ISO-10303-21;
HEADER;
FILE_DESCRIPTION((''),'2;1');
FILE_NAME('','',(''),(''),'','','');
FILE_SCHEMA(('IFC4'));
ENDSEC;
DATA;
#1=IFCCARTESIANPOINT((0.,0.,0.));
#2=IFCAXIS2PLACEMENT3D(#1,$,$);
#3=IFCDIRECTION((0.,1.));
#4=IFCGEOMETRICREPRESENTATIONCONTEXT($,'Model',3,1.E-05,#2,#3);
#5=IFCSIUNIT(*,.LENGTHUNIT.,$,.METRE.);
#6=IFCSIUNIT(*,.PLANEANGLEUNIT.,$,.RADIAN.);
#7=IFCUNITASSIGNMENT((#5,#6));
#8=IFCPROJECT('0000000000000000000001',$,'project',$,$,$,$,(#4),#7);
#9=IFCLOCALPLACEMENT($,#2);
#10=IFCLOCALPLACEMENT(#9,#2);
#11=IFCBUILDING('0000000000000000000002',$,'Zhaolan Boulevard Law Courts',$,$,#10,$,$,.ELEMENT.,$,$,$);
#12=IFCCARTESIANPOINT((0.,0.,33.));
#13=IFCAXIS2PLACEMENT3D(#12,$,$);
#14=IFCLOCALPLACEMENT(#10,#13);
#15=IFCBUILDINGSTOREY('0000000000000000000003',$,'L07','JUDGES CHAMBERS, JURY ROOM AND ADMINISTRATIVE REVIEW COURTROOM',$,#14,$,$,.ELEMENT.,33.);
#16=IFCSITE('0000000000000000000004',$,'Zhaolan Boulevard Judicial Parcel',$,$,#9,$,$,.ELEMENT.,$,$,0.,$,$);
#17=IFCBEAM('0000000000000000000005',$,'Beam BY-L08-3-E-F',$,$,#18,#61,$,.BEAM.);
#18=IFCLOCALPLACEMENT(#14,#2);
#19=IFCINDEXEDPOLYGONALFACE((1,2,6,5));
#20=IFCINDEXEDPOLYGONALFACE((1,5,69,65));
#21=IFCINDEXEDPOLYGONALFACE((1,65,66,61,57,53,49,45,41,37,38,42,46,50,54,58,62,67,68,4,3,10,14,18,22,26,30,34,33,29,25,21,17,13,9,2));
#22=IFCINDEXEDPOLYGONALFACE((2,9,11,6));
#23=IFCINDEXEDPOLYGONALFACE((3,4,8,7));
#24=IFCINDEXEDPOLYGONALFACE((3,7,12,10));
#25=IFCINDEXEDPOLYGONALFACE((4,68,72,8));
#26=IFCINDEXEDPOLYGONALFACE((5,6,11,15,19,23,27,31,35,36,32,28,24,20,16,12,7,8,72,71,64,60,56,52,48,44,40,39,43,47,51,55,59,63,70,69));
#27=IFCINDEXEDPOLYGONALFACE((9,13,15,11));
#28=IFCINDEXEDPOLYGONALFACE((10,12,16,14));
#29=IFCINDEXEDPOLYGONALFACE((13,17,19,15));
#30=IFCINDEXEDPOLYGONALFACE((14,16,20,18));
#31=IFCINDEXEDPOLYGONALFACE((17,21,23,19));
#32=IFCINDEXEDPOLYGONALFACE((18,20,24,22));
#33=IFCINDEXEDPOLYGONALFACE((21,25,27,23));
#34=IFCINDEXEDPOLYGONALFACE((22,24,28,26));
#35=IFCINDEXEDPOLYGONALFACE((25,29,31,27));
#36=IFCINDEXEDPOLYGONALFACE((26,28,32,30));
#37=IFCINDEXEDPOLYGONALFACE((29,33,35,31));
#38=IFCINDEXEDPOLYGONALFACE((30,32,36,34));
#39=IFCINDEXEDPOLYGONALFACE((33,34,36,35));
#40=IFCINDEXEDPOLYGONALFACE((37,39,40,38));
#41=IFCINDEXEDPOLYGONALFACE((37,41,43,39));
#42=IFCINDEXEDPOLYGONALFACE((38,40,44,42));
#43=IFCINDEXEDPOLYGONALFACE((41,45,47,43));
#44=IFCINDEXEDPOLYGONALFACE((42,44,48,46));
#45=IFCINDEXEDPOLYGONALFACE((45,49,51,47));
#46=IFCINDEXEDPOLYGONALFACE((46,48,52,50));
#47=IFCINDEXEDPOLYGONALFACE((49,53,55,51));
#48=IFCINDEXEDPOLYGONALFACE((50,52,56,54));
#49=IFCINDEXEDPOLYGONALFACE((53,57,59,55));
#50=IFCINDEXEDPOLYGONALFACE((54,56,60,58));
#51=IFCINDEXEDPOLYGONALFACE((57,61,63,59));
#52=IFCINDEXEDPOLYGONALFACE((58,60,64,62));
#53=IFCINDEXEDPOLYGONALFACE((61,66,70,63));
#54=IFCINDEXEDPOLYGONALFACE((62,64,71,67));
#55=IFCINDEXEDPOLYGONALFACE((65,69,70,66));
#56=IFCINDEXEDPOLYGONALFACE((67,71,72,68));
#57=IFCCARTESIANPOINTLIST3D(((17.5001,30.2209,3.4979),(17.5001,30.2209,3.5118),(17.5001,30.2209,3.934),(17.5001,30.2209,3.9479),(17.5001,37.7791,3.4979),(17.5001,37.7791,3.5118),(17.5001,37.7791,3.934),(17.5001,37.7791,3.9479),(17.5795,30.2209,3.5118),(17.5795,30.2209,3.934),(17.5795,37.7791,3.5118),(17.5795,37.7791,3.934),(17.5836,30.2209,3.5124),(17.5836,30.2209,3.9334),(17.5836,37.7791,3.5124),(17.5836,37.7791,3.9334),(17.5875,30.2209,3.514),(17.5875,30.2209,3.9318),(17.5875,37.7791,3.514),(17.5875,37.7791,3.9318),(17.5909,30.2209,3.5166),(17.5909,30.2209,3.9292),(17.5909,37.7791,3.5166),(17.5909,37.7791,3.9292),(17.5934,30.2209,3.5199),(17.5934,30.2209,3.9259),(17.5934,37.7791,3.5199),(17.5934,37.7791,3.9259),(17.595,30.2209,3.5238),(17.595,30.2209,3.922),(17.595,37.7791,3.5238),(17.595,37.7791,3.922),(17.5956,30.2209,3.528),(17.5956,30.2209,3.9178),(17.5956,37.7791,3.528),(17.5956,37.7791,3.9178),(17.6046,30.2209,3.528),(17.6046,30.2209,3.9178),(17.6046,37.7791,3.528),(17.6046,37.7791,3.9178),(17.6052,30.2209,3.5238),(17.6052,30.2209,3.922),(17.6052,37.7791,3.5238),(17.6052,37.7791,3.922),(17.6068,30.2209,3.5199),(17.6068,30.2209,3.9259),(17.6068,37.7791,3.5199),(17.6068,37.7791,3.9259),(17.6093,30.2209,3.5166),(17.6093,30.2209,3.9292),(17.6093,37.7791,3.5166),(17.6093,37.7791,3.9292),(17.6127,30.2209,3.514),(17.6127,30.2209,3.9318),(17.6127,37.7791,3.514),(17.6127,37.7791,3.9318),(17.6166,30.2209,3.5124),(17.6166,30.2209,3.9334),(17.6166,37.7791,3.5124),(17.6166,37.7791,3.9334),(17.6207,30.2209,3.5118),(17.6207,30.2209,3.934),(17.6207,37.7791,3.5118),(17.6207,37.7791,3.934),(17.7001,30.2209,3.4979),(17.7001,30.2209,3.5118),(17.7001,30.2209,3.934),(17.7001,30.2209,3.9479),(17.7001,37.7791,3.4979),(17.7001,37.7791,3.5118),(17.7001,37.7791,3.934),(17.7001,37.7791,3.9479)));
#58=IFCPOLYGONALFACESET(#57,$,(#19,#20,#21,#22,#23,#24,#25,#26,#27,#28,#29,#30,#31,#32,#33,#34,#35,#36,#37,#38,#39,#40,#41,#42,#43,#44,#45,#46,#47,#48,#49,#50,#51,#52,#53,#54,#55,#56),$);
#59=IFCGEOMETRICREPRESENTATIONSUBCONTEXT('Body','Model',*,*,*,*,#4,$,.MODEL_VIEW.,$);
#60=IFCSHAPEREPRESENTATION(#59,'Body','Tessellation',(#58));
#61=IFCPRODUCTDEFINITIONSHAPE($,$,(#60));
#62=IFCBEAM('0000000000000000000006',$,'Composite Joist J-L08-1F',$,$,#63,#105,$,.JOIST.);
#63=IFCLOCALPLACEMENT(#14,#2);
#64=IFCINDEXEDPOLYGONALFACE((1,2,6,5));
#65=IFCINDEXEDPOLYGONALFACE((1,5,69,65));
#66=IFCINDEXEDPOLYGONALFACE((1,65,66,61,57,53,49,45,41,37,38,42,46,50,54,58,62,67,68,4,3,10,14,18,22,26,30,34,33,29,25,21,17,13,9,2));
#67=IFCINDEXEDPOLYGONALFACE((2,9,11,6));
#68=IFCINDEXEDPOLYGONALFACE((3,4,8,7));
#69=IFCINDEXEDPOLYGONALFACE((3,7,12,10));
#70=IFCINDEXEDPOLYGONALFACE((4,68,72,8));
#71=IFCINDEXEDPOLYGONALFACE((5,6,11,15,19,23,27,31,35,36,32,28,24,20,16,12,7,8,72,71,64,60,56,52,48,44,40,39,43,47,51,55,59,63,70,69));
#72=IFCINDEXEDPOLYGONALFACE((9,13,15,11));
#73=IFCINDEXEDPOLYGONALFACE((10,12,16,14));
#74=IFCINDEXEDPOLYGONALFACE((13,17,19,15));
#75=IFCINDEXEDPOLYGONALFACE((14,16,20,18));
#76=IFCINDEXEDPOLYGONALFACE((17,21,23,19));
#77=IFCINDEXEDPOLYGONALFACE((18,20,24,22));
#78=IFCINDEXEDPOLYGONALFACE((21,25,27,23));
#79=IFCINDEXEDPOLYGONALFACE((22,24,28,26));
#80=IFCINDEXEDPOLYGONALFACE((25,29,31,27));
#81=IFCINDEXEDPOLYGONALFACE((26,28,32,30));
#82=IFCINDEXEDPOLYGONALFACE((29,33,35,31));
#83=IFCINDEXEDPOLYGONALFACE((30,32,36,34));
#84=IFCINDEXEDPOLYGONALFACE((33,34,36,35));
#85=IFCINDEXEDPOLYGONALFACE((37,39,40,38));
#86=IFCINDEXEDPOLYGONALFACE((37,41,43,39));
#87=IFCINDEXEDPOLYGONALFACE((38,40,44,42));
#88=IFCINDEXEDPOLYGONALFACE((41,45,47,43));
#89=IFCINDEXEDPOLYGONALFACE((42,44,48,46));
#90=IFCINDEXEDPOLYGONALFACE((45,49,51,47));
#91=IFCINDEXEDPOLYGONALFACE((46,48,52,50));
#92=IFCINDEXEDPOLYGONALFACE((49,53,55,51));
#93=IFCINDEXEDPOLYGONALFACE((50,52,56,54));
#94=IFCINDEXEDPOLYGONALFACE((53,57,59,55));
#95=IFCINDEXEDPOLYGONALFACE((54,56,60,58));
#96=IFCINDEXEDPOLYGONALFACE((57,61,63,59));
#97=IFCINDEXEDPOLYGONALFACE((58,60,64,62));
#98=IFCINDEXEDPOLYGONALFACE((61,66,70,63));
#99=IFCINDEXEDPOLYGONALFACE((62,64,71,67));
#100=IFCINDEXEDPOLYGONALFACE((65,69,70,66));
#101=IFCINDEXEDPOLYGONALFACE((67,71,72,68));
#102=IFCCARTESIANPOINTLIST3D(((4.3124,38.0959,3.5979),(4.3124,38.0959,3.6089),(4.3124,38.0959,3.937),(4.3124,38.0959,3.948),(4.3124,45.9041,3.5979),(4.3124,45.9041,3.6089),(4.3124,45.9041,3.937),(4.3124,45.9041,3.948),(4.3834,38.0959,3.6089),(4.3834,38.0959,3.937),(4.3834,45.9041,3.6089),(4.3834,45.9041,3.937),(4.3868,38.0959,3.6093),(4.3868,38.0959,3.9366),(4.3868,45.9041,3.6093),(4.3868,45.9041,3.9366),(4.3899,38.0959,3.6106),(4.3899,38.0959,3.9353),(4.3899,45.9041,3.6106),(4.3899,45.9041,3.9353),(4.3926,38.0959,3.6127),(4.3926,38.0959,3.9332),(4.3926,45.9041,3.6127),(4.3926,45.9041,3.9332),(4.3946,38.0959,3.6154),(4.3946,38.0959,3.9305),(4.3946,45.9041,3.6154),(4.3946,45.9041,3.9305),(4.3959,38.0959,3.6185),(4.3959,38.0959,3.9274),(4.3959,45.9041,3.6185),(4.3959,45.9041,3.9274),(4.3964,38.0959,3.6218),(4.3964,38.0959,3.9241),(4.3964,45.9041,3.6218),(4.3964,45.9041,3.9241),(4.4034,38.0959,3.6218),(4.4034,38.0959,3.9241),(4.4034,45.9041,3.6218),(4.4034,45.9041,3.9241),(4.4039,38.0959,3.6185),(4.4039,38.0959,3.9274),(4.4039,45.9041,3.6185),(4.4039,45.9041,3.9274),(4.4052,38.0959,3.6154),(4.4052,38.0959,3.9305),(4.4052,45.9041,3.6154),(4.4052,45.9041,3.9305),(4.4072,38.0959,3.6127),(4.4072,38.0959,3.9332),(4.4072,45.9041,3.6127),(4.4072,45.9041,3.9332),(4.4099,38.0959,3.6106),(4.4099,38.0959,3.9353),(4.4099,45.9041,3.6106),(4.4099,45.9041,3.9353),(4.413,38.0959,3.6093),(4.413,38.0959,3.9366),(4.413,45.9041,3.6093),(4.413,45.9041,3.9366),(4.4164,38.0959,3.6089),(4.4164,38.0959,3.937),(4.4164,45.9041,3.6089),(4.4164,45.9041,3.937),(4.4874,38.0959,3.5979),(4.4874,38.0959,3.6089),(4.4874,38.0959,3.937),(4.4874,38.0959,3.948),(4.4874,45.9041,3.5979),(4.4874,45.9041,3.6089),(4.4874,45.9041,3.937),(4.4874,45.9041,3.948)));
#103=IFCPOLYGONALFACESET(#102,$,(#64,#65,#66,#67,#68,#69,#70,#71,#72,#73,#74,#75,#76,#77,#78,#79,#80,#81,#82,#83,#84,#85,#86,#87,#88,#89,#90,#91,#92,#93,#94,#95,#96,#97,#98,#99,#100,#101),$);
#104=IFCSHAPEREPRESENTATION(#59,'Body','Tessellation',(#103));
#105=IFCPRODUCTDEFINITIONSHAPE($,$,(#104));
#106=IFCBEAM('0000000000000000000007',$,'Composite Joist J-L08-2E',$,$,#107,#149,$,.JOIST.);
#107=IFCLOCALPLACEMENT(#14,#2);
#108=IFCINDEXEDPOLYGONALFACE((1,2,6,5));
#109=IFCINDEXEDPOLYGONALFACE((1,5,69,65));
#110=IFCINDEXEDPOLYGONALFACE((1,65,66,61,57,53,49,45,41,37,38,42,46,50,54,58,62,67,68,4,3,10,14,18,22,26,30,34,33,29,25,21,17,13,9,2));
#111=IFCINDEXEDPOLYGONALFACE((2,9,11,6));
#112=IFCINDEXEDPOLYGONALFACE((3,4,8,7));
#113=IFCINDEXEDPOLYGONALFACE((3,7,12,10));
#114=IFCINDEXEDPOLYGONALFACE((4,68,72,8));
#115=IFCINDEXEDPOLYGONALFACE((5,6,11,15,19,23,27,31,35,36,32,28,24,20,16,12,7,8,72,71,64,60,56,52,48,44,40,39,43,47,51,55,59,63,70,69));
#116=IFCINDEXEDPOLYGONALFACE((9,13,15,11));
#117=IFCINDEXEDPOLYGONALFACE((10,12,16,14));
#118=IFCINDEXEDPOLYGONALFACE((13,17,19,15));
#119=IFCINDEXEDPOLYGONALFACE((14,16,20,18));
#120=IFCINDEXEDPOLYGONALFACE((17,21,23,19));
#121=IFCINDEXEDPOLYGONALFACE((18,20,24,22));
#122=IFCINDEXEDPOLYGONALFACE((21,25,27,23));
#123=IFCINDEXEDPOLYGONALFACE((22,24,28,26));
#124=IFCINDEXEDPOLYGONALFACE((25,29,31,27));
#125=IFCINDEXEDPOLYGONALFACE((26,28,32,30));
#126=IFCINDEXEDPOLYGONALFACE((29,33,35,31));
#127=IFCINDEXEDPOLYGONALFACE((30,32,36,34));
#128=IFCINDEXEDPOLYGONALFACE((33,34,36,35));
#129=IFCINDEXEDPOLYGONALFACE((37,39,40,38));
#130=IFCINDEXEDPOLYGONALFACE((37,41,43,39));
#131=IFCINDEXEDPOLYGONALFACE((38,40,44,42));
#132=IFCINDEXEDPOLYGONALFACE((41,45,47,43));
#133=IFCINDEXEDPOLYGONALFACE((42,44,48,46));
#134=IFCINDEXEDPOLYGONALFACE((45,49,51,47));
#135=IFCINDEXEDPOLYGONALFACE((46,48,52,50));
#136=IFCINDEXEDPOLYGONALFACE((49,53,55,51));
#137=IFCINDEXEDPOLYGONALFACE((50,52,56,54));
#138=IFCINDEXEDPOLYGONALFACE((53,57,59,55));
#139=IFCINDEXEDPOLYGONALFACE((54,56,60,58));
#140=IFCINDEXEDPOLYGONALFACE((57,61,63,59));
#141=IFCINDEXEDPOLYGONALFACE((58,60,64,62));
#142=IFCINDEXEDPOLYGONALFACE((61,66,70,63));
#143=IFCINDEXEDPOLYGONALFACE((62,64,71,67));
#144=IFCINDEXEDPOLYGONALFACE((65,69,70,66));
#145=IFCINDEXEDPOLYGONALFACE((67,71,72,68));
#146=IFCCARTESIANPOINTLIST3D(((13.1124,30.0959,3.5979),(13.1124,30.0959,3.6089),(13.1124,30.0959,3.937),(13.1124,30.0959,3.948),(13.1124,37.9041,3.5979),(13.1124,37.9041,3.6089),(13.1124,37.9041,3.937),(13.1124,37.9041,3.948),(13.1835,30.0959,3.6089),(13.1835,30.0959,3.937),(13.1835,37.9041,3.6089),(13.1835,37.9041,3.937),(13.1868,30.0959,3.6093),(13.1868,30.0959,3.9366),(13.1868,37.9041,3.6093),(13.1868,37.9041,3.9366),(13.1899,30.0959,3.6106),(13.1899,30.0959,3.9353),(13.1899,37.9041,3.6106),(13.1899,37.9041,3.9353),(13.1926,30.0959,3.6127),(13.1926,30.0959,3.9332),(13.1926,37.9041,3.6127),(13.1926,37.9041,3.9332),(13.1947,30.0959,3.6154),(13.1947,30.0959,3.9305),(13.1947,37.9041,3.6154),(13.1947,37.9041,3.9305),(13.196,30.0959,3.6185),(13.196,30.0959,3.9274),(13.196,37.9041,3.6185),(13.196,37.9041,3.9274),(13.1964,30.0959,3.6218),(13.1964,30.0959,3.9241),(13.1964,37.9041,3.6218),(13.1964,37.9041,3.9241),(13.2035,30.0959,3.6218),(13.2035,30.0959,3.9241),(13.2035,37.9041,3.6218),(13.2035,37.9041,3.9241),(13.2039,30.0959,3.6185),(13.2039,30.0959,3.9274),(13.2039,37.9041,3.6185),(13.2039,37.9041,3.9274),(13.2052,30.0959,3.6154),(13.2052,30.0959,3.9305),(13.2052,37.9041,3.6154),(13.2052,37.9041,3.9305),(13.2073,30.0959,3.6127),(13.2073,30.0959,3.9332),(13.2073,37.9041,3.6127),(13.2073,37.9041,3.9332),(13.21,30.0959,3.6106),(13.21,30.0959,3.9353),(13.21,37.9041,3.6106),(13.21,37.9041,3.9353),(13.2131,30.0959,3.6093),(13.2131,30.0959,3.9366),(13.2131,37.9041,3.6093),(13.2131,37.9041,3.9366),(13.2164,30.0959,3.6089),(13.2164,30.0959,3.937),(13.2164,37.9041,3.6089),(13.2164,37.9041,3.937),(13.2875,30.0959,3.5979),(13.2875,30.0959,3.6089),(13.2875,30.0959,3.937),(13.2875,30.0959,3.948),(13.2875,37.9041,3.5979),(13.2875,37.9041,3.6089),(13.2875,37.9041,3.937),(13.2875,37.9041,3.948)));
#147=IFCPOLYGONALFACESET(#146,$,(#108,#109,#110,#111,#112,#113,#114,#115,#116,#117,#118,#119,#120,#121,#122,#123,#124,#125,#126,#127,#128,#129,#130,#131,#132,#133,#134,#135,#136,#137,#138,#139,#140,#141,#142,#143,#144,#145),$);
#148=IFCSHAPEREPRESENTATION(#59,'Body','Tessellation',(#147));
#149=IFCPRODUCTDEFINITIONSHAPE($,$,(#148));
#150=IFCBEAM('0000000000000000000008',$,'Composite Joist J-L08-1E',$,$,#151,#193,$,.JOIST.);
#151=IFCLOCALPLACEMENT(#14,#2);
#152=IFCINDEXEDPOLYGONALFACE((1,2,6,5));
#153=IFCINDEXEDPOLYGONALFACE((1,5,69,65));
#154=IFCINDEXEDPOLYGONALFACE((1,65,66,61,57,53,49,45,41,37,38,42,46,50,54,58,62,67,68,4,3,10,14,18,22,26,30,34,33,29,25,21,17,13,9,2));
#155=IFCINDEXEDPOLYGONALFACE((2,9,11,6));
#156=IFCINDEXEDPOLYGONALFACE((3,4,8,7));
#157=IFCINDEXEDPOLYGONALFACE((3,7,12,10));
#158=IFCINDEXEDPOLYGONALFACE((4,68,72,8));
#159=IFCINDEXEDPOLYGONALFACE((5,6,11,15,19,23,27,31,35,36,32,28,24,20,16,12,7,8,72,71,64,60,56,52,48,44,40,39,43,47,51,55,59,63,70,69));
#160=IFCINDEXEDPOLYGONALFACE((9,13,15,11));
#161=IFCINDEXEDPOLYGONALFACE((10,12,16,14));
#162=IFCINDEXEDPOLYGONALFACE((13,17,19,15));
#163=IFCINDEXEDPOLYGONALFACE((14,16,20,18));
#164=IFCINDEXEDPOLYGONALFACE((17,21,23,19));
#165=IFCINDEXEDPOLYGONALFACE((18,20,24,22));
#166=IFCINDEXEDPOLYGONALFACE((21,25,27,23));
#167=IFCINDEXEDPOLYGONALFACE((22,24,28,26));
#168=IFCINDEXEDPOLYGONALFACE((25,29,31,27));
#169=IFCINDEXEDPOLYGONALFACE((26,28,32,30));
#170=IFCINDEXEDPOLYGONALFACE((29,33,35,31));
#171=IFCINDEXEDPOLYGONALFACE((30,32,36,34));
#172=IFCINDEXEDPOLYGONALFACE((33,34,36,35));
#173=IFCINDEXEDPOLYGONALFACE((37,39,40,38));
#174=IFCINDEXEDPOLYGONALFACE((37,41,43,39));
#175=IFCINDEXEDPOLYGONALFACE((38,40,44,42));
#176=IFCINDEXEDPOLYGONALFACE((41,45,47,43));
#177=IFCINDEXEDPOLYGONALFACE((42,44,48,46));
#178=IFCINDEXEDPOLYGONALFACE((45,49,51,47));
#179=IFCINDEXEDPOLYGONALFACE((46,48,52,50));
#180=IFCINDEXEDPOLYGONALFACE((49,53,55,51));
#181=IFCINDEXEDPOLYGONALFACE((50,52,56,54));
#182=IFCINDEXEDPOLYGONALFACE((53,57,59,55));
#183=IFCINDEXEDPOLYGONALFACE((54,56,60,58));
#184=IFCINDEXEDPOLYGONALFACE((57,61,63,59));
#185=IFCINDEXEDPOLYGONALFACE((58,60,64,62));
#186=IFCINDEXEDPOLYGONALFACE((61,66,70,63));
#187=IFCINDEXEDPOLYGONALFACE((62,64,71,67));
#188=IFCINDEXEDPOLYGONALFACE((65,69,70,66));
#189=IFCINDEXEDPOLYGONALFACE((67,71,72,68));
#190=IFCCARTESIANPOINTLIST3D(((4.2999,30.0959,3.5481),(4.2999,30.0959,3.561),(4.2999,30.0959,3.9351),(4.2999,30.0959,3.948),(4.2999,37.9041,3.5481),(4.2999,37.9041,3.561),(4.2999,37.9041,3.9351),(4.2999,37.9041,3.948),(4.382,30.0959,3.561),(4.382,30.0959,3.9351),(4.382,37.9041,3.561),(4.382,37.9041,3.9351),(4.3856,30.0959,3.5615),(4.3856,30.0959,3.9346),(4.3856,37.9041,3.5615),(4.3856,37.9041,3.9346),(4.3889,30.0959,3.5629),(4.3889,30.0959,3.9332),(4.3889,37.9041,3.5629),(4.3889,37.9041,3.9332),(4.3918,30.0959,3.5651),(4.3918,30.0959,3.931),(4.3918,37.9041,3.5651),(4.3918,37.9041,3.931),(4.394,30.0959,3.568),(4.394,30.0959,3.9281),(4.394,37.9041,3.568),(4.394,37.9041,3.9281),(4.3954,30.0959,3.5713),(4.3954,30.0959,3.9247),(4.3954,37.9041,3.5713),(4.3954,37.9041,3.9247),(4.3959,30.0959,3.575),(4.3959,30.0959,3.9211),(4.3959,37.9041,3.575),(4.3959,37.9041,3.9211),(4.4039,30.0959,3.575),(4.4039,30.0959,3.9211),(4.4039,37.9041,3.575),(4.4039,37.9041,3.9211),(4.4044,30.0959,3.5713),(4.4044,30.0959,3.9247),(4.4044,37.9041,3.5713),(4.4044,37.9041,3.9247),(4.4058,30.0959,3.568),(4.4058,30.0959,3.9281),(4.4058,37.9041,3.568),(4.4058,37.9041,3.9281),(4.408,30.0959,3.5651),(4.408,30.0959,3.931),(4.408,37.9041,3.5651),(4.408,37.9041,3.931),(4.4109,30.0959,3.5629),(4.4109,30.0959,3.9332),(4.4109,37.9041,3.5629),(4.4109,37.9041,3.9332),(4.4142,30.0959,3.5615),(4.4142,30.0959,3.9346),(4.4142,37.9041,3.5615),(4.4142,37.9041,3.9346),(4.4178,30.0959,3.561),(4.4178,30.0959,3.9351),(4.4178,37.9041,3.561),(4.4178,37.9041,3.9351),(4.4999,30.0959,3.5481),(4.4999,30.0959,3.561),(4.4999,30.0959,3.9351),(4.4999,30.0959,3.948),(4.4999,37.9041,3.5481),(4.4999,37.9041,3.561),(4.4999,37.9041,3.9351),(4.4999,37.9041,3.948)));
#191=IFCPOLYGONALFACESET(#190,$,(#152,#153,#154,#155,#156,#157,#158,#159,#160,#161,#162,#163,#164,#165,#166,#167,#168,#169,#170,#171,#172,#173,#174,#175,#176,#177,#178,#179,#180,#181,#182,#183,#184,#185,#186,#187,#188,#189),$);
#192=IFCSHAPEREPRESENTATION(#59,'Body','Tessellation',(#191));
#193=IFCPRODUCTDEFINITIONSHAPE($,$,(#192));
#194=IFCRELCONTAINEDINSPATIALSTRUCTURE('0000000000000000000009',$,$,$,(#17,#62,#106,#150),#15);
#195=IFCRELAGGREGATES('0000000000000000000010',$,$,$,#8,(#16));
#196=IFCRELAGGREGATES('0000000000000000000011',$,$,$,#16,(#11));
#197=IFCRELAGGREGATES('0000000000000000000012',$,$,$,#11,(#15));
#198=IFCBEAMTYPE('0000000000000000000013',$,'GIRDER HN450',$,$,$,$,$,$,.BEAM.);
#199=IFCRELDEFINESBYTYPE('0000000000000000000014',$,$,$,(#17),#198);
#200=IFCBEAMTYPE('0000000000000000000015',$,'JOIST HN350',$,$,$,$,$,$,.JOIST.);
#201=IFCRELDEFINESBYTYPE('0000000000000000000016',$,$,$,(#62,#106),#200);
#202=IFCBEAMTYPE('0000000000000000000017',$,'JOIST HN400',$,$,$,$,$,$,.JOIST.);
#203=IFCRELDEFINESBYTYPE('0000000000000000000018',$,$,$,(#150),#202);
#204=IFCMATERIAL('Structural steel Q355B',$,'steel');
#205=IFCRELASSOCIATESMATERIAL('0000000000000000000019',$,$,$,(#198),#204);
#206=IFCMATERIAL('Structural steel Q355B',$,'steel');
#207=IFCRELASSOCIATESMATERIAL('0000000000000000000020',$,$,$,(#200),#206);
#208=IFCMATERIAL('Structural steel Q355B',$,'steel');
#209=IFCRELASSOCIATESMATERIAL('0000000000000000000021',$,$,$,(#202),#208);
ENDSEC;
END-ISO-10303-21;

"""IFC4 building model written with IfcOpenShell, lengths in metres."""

from ifc_helpers import new_model, si_unit, direction, frame, origin, origin_2d, place, context, subcontext, project, spatial, i_section, extrude, material, material_profile, profile_set, type_object, element, save


model = new_model("IFC4")

# Units and contexts
model_context = context("Model", 3, precision=1e-05, world=origin(), true_north=direction((0.0, 1.0)))
body_context = subcontext(model_context, "Body", "Model", "MODEL_VIEW")
ifc_project = project(units=[si_unit("LENGTHUNIT", "METRE"), si_unit("PLANEANGLEUNIT", "RADIAN")], contexts=[model_context])

# Site, building, storey
site_placement = place(None, origin())
site = spatial("IfcSite", under=ifc_project, at=site_placement, Name="Zhaolan Boulevard Judicial Parcel", CompositionType="ELEMENT", RefElevation=0.0)
building_placement = place(site_placement, origin())
building = spatial("IfcBuilding", under=site, at=building_placement, Name="Zhaolan Boulevard Law Courts", CompositionType="ELEMENT")
storey_placement = place(building_placement, frame((0.0, 0.0, 33.0)))
storey = spatial("IfcBuildingStorey", under=building, at=storey_placement, Name="L07", Description="JUDGES CHAMBERS, JURY ROOM AND ADMINISTRATIVE REVIEW COURTROOM", CompositionType="ELEMENT", Elevation=33.0)

# Beams
ifc_material_1 = material(Name="Structural steel Q355B", Category="steel")
ifc_material_profile_1 = material_profile(ifc_material_1, i_section(OverallWidth=0.2, OverallDepth=0.45, WebThickness=0.009, FlangeThickness=0.0139, FilletRadius=0.0161, at=origin_2d()), Name="HN450x200")
ifc_profile_set_1 = profile_set([ifc_material_profile_1], Name="Structural steel Q355B")
beam_type_1 = type_object("IfcBeamType", Name="GIRDER HN450", PredefinedType="BEAM", material=ifc_profile_set_1)
for number, where, z_axis, x_axis, name in (
    (1, (17.6001, 30.2209, 3.7229), (0.0, 1.0, 0.0), (-1.0, 0.0, 0.0), "Beam BY-L08-3-E-F"),
):
    element("IfcBeam", number, at=place(storey_placement, frame(where, z_axis=z_axis, x_axis=x_axis)), inside=storey, type_object=beam_type_1, Name=name, PredefinedType="BEAM", context=body_context, shape_type="SweptSolid", body=[
        extrude(i_section(OverallWidth=0.2, OverallDepth=0.45, WebThickness=0.009, FlangeThickness=0.0139, FilletRadius=0.0161, at=origin_2d()), origin(), (0.0, 0.0, 1.0), 7.5581),
    ])
ifc_material_2 = material(Name="Structural steel Q355B", Category="steel")
ifc_material_profile_2 = material_profile(ifc_material_2, i_section(OverallWidth=0.175, OverallDepth=0.3501, WebThickness=0.0071, FlangeThickness=0.011, FilletRadius=0.0129, at=origin_2d()), Name="HN350x175")
ifc_profile_set_2 = profile_set([ifc_material_profile_2], Name="Structural steel Q355B")
beam_type_2 = type_object("IfcBeamType", Name="JOIST HN350", PredefinedType="JOIST", material=ifc_profile_set_2)
for number, where, z_axis, x_axis, name in (
    (2, (4.3999, 38.0959, 3.7729), (0.0, 1.0, 0.0), (-1.0, 0.0, 0.0), "Composite Joist J-L08-1F"),
    (3, (13.2, 30.0959, 3.7729), (0.0, 1.0, 0.0), (-1.0, 0.0, 0.0), "Composite Joist J-L08-2E"),
):
    element("IfcBeam", number, at=place(storey_placement, frame(where, z_axis=z_axis, x_axis=x_axis)), inside=storey, type_object=beam_type_2, Name=name, PredefinedType="JOIST", context=body_context, shape_type="SweptSolid", body=[
        extrude(i_section(OverallWidth=0.175, OverallDepth=0.3501, WebThickness=0.0071, FlangeThickness=0.011, FilletRadius=0.0129, at=origin_2d()), origin(), (0.0, 0.0, 1.0), 7.8081),
    ])
ifc_material_3 = material(Name="Structural steel Q355B", Category="steel")
ifc_material_profile_3 = material_profile(ifc_material_3, i_section(OverallWidth=0.2, OverallDepth=0.3999, WebThickness=0.0081, FlangeThickness=0.0129, FilletRadius=0.0139, at=origin_2d()), Name="HN400x200")
ifc_profile_set_3 = profile_set([ifc_material_profile_3], Name="Structural steel Q355B")
beam_type_3 = type_object("IfcBeamType", Name="JOIST HN400", PredefinedType="JOIST", material=ifc_profile_set_3)
beam_1_placement = place(storey_placement, frame((4.3999, 30.0959, 3.748), z_axis=(0.0, 1.0, 0.0), x_axis=(-1.0, 0.0, 0.0)))
element("IfcBeam", 4, at=beam_1_placement, inside=storey, type_object=beam_type_3, Name="Composite Joist J-L08-1E", PredefinedType="JOIST", context=body_context, shape_type="SweptSolid", body=[
    extrude(i_section(OverallWidth=0.2, OverallDepth=0.3999, WebThickness=0.0081, FlangeThickness=0.0129, FilletRadius=0.0139, at=origin_2d()), origin(), (0.0, 0.0, 1.0), 7.8081),
])

save(model, "model.ifc")
